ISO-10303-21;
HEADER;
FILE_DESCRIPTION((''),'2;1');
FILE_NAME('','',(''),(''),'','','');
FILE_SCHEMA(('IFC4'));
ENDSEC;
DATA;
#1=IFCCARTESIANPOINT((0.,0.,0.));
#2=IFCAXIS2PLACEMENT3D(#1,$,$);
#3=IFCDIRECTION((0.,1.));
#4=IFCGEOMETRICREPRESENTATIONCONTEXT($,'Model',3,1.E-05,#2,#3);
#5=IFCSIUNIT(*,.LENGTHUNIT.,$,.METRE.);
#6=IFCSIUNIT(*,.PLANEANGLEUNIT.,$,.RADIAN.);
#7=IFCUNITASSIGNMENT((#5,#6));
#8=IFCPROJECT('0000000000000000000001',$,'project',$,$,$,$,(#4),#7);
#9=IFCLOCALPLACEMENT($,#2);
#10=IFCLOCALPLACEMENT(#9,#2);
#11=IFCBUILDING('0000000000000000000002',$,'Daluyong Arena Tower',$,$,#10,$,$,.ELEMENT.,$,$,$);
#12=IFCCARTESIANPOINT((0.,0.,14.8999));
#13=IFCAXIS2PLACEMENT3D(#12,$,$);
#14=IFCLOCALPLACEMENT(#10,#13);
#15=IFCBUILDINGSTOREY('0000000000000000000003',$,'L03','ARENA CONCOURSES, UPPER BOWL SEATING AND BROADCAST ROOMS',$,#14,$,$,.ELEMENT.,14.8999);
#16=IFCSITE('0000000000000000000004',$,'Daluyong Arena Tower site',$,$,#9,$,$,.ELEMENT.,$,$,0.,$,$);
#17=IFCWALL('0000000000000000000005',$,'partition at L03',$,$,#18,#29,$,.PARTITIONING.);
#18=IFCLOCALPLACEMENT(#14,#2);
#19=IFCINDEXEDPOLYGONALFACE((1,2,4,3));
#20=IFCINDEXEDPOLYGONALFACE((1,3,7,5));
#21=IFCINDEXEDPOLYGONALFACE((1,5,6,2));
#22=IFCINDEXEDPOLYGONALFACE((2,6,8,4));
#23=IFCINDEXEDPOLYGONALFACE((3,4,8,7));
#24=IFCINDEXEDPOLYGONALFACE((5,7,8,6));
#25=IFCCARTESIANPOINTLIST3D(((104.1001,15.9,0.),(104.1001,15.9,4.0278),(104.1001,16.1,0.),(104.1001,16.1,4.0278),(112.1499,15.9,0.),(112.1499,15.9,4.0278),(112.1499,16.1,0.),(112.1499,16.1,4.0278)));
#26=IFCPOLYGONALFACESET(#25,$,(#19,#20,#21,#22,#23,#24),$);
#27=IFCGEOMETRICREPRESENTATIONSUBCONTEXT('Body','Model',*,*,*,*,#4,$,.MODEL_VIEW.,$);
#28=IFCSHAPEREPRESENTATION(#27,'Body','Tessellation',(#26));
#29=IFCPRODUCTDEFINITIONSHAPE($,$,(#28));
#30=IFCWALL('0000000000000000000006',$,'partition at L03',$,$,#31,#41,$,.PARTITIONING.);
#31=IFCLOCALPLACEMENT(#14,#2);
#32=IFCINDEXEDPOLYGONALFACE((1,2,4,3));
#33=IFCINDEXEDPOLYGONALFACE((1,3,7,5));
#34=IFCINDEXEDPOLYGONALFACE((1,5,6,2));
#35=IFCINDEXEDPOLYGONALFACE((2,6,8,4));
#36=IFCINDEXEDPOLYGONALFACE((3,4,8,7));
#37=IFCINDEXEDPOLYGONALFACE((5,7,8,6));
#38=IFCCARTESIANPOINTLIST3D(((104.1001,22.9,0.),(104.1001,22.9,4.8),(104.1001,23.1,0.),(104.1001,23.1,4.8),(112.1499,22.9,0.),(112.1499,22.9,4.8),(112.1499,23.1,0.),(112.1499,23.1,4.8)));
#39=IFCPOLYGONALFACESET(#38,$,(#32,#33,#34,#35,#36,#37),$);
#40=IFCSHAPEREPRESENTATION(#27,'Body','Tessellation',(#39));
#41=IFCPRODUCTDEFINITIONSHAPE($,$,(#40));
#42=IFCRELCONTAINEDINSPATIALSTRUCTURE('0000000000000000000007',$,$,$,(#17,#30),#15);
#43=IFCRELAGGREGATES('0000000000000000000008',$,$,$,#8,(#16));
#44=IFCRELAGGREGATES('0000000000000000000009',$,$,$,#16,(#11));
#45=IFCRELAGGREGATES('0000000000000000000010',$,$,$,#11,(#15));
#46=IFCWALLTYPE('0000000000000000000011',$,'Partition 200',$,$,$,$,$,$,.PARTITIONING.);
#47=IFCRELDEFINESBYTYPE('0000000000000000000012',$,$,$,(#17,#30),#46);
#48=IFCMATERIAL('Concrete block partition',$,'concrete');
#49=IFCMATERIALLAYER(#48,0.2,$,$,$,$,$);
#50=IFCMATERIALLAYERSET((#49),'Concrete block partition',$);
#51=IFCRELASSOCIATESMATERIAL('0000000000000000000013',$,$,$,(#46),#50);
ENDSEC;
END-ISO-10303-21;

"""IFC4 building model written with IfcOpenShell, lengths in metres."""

from ifc_helpers import new_model, si_unit, direction, frame, frame_2d, origin, place, context, subcontext, project, spatial, rectangle, extrude, material, layer, layer_set, type_object, element, save


model = new_model("IFC4")

# Units and contexts
model_context = context("Model", 3, precision=1e-05, world=origin(), true_north=direction((0.0, 1.0)))
body_context = subcontext(model_context, "Body", "Model", "MODEL_VIEW")
ifc_project = project(units=[si_unit("LENGTHUNIT", "METRE"), si_unit("PLANEANGLEUNIT", "RADIAN")], contexts=[model_context])

# Site, building, storey
site_placement = place(None, origin())
site = spatial("IfcSite", under=ifc_project, at=site_placement, Name="Daluyong Arena Tower site", CompositionType="ELEMENT", RefElevation=0.0)
building_placement = place(site_placement, origin())
building = spatial("IfcBuilding", under=site, at=building_placement, Name="Daluyong Arena Tower", CompositionType="ELEMENT")
storey_placement = place(building_placement, frame((0.0, 0.0, 14.8999)))
storey = spatial("IfcBuildingStorey", under=building, at=storey_placement, Name="L03", Description="ARENA CONCOURSES, UPPER BOWL SEATING AND BROADCAST ROOMS", CompositionType="ELEMENT", Elevation=14.8999)

# Walls
ifc_material_1 = material(Name="Concrete block partition", Category="concrete")
ifc_layer = layer(ifc_material_1, 0.2)
ifc_layer_set = layer_set([ifc_layer], Name="Concrete block partition")
wall_type = type_object("IfcWallType", Name="Partition 200", PredefinedType="PARTITIONING", material=ifc_layer_set)
wall_1_placement = place(storey_placement, frame((104.1001, 16.0, 0.0), z_axis=(0.0, 0.0, 1.0), x_axis=(1.0, 0.0, 0.0)))
element("IfcWall", 1, at=wall_1_placement, inside=storey, type_object=wall_type, Name="partition at L03", PredefinedType="PARTITIONING", context=body_context, shape_type="SweptSolid", body=[
    extrude(rectangle(XDim=8.0498, YDim=0.2, at=frame_2d((4.0249, 0.0))), origin(), (0.0, 0.0, 1.0), 4.0278),
])
wall_2_placement = place(storey_placement, frame((104.1001, 23.0, 0.0), z_axis=(0.0, 0.0, 1.0), x_axis=(1.0, 0.0, 0.0)))
element("IfcWall", 2, at=wall_2_placement, inside=storey, type_object=wall_type, Name="partition at L03", PredefinedType="PARTITIONING", context=body_context, shape_type="SweptSolid", body=[
    extrude(rectangle(XDim=8.0498, YDim=0.2, at=frame_2d((4.0249, 0.0))), origin(), (0.0, 0.0, 1.0), 4.8),
])

save(model, "model.ifc")
